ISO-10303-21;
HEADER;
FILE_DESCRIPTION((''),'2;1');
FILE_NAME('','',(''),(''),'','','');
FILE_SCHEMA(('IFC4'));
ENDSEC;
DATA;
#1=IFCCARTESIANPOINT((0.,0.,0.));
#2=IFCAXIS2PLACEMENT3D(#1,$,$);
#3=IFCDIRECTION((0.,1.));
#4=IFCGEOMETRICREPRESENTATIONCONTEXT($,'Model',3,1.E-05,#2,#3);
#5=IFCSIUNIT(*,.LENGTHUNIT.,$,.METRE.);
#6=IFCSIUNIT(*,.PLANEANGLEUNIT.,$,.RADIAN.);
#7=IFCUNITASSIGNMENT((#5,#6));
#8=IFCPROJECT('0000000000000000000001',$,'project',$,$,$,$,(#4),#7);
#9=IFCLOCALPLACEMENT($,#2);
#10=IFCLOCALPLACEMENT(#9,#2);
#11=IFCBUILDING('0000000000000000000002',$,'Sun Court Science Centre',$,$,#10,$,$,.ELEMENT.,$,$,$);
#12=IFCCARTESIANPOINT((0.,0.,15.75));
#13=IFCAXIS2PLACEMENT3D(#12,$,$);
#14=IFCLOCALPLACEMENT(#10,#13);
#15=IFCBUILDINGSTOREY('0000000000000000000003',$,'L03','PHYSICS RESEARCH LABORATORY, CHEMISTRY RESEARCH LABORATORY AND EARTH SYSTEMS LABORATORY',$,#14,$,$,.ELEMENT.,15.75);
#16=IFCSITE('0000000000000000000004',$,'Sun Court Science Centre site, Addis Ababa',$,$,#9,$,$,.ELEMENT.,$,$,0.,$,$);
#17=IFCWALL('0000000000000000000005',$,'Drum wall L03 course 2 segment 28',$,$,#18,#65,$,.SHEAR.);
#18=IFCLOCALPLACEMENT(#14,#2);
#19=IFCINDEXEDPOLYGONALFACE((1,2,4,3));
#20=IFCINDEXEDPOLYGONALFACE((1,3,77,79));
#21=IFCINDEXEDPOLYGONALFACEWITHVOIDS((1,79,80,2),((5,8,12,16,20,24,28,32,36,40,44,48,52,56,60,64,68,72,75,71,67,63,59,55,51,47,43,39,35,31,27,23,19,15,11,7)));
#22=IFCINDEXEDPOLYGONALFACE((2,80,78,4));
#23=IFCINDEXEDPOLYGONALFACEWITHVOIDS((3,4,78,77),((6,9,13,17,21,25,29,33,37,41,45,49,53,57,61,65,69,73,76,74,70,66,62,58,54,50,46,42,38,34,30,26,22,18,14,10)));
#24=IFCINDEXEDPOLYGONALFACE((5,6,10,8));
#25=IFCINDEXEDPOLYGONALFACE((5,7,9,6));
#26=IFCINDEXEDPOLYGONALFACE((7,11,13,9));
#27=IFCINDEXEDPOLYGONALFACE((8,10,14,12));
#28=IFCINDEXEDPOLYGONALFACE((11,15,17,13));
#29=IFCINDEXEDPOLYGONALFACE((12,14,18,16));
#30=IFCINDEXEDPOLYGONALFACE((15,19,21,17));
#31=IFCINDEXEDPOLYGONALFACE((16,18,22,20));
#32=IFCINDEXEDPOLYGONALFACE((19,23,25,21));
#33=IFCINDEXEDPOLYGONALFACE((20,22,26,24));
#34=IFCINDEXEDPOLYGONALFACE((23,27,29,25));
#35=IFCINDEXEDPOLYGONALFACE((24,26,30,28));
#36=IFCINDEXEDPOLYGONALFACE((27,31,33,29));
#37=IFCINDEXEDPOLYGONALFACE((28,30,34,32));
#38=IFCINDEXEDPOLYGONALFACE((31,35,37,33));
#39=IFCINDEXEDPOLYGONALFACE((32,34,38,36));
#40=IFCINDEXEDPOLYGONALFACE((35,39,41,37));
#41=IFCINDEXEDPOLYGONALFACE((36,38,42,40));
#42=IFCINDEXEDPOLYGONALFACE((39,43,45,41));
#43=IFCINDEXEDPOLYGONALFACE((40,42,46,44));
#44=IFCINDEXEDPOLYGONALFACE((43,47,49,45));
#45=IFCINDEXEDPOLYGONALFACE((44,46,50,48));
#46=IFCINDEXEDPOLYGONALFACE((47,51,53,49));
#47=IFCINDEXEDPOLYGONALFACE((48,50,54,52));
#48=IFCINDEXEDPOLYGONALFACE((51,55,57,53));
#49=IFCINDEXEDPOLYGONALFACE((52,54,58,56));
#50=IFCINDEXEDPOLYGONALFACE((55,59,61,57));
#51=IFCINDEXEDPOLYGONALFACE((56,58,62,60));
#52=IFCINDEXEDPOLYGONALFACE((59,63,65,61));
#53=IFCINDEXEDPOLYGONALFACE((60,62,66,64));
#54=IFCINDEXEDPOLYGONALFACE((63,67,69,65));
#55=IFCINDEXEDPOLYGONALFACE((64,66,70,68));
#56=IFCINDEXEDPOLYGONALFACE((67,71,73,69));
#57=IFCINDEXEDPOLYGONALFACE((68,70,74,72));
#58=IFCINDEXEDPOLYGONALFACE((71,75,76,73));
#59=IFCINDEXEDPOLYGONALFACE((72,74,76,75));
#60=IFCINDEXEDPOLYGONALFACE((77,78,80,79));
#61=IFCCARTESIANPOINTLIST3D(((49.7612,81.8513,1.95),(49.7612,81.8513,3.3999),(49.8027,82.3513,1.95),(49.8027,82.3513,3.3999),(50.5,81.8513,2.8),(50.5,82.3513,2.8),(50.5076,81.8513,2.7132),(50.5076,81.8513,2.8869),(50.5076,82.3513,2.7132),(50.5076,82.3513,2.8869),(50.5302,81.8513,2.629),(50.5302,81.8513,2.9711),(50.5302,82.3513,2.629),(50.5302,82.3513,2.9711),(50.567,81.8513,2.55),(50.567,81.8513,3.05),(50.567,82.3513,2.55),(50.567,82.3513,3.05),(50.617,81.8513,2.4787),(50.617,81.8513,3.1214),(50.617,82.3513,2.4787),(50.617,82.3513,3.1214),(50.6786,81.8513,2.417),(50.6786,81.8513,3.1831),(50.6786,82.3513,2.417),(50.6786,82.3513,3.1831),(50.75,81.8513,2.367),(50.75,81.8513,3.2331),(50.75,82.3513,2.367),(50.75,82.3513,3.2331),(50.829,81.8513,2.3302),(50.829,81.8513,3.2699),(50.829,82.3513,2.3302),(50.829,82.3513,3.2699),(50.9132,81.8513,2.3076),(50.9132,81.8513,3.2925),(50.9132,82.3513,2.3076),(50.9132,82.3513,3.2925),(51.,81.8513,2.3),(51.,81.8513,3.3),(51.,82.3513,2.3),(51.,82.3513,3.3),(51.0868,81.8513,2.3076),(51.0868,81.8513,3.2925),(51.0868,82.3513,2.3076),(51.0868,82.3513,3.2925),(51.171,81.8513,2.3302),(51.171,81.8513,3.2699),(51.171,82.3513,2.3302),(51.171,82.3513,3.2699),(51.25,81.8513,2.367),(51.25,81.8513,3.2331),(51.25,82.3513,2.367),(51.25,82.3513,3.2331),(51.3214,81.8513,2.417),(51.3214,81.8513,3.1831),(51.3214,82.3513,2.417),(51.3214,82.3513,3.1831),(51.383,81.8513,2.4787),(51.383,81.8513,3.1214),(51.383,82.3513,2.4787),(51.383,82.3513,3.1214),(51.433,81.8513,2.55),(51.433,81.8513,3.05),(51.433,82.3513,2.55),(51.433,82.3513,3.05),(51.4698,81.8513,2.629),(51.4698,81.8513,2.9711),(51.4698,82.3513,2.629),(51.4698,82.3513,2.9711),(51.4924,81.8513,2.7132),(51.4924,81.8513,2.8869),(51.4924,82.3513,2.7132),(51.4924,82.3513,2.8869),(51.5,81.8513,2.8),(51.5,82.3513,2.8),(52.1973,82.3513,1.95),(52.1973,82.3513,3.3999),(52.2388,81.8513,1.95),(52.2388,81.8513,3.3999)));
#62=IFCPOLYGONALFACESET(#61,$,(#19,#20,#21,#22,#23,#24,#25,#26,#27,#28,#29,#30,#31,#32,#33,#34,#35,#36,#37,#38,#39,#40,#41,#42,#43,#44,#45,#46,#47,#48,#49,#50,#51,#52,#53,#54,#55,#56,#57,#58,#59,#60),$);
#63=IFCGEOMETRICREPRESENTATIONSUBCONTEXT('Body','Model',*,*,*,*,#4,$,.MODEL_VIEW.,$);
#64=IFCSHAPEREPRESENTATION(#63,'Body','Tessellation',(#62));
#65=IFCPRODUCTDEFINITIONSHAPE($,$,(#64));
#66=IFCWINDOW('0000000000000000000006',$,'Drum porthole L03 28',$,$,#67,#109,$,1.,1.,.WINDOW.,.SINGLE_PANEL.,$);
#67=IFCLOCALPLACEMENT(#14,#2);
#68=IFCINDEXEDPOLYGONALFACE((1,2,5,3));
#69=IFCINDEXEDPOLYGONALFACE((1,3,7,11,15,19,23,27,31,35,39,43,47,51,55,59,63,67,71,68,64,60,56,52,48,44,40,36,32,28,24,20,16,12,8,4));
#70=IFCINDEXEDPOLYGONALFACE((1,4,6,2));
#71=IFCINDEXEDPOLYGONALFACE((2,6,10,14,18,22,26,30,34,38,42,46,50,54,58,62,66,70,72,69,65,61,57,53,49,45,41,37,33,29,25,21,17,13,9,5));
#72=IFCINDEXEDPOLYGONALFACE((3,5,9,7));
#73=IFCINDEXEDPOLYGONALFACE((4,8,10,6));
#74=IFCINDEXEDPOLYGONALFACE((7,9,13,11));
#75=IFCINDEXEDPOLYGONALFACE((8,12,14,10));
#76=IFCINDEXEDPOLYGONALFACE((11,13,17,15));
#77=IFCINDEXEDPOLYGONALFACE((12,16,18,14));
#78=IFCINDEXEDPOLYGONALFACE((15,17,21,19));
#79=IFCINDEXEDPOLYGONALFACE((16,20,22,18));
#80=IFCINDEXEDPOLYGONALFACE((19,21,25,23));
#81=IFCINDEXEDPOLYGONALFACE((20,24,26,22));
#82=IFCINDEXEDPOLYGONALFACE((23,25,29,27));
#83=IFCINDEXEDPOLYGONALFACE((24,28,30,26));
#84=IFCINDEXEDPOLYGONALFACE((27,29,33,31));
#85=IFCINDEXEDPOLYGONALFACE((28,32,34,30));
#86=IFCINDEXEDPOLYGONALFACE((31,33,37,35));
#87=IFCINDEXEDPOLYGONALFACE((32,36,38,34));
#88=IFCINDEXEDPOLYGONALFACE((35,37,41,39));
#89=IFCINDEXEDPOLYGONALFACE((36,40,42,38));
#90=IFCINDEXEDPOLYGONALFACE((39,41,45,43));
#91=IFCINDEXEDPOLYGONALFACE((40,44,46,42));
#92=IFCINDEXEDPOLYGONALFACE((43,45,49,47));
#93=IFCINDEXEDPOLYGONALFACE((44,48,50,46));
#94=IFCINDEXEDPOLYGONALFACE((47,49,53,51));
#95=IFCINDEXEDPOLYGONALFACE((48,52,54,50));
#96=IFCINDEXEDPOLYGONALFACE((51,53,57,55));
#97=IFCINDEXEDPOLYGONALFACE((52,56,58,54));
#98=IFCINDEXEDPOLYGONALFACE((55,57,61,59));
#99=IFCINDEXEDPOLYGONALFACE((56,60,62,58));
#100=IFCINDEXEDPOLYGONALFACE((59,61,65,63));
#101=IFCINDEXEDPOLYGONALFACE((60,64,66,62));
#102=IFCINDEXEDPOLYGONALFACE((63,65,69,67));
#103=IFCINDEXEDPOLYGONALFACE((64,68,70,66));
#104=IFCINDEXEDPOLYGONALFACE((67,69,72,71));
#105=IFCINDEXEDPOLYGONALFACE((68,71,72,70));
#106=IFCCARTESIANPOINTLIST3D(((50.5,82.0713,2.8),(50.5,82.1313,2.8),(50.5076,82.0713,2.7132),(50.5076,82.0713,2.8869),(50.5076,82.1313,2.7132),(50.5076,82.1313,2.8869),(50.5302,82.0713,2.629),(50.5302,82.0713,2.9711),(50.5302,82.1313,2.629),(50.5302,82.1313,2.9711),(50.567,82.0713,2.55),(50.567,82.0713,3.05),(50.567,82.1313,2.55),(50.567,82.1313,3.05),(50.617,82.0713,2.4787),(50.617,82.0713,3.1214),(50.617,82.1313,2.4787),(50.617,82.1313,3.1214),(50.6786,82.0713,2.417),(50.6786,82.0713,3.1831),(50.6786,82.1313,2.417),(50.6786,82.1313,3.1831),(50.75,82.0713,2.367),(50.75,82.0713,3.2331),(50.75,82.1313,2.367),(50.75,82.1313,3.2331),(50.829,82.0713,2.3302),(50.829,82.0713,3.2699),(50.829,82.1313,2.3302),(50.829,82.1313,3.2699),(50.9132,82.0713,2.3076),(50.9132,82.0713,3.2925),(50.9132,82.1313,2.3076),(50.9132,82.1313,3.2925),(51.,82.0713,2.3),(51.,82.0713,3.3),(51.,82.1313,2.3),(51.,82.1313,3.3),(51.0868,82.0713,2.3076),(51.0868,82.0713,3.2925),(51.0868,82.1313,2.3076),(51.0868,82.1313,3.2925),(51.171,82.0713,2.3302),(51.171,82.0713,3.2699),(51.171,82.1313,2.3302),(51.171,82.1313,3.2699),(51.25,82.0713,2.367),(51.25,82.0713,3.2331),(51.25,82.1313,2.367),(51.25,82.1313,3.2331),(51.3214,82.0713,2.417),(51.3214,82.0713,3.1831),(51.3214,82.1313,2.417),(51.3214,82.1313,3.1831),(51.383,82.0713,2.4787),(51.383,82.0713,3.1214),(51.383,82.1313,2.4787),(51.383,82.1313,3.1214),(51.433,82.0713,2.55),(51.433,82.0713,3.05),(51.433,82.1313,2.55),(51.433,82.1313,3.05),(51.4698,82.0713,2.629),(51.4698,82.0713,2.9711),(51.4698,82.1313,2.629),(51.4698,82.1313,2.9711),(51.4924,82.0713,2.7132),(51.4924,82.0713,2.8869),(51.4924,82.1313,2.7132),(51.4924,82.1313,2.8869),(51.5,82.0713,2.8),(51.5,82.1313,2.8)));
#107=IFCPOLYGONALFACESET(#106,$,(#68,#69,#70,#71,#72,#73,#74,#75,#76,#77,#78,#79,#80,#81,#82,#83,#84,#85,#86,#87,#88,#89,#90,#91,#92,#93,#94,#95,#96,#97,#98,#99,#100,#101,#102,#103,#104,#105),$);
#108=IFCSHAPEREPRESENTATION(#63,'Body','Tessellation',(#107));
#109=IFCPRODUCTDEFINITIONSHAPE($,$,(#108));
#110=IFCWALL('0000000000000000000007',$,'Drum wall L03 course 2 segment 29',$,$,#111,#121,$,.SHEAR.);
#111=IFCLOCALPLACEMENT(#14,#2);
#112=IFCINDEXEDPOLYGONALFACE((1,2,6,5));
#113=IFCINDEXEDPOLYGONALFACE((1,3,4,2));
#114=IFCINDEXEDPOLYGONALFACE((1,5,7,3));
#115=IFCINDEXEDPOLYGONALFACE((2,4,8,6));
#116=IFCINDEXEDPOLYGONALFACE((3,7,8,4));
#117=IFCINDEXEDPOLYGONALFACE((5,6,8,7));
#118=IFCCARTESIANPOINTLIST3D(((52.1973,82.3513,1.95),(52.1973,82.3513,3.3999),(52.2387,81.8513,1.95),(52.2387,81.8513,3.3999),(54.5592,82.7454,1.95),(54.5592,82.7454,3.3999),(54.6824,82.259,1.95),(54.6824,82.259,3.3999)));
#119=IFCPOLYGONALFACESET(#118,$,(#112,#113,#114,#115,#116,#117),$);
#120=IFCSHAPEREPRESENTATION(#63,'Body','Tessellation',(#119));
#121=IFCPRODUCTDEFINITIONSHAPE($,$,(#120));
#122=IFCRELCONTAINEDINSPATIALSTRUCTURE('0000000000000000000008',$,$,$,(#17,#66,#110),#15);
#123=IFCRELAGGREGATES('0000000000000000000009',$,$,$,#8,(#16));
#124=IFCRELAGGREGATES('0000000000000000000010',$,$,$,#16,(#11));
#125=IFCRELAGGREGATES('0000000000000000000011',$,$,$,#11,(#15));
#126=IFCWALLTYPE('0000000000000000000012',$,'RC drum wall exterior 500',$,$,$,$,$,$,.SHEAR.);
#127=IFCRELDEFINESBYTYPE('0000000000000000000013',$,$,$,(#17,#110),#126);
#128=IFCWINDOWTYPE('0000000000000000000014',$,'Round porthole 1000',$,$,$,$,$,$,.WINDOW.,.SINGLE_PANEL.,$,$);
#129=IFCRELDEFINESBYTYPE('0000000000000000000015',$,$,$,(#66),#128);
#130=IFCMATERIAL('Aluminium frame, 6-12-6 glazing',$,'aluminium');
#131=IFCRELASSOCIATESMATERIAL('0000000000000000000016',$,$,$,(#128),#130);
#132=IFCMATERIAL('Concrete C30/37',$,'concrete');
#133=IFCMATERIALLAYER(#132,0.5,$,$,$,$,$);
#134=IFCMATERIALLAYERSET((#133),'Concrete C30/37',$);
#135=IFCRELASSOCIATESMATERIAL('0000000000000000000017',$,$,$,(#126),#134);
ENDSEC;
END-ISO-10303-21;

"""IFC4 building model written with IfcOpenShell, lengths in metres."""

from ifc_helpers import new_model, si_unit, direction, frame, frame_2d, origin, place, context, subcontext, project, spatial, polyline, circle, outline, extrude, material, layer, layer_set, type_object, element, fill, save


model = new_model("IFC4")

# Units and contexts
model_context = context("Model", 3, precision=1e-05, world=origin(), true_north=direction((0.0, 1.0)))
body_context = subcontext(model_context, "Body", "Model", "MODEL_VIEW")
ifc_project = project(units=[si_unit("LENGTHUNIT", "METRE"), si_unit("PLANEANGLEUNIT", "RADIAN")], contexts=[model_context])

# Site, building, storey
site_placement = place(None, origin())
site = spatial("IfcSite", under=ifc_project, at=site_placement, Name="Sun Court Science Centre site, Addis Ababa", CompositionType="ELEMENT", RefElevation=0.0)
building_placement = place(site_placement, origin())
building = spatial("IfcBuilding", under=site, at=building_placement, Name="Sun Court Science Centre", CompositionType="ELEMENT")
storey_placement = place(building_placement, frame((0.0, 0.0, 15.75)))
storey = spatial("IfcBuildingStorey", under=building, at=storey_placement, Name="L03", Description="PHYSICS RESEARCH LABORATORY, CHEMISTRY RESEARCH LABORATORY AND EARTH SYSTEMS LABORATORY", CompositionType="ELEMENT", Elevation=15.75)

# Shared definitions
ifc_material_1 = material(Name="Aluminium frame, 6-12-6 glazing", Category="aluminium")
window_type = type_object("IfcWindowType", Name="Round porthole 1000", PartitioningType="SINGLE_PANEL", PredefinedType="WINDOW", material=ifc_material_1)

# Wall, opening, window
ifc_material_2 = material(Name="Concrete C30/37", Category="concrete")
ifc_layer_1 = layer(ifc_material_2, 0.5)
ifc_layer_set_1 = layer_set([ifc_layer_1], Name="Concrete C30/37")
wall_type_1 = type_object("IfcWallType", Name="RC drum wall exterior 500", PredefinedType="SHEAR", material=ifc_layer_set_1)
wall_1_placement = place(storey_placement, frame((49.7612, 82.1013, 1.95), z_axis=(0.0, 0.0, 1.0), x_axis=(1.0, 0.0, 0.0)))
wall_1 = element("IfcWall", 1, at=wall_1_placement, inside=storey, type_object=wall_type_1, Name="Drum wall L03 course 2 segment 28", PredefinedType="SHEAR", context=body_context, shape_type="SweptSolid", body=[
    extrude(outline(polyline([(0.0, -0.25), (2.4775, -0.25), (2.436, 0.25), (0.0415, 0.25), (0.0, -0.25)])), origin(), (0.0, 0.0, 1.0), 1.45),
])
opening_1_placement = place(wall_1_placement, frame((0.7388, 0.0, 0.3501)))
opening_1 = element("IfcOpeningElement", 2, at=opening_1_placement, cuts=wall_1, PredefinedType="OPENING", context=body_context, shape_type="SweptSolid", body=[
    extrude(circle(Radius=0.5, at=frame_2d((0.5, 0.5))), frame((0.0, 0.26, 0.0), z_axis=(0.0, -1.0, 0.0), x_axis=(1.0, 0.0, 0.0)), (0.0, 0.0, 1.0), 0.52),
])
window_1_placement = place(opening_1_placement, origin())
window_1 = element("IfcWindow", 3, at=window_1_placement, inside=storey, type_object=window_type, Name="Drum porthole L03 28", OverallHeight=1.0, OverallWidth=1.0, PartitioningType="SINGLE_PANEL", PredefinedType="WINDOW", context=body_context, shape_type="SweptSolid", body=[
    extrude(circle(Radius=0.5, at=frame_2d((0.5, 0.5))), frame((0.0, 0.03, 0.0), z_axis=(0.0, -1.0, 0.0), x_axis=(1.0, 0.0, 0.0)), (0.0, 0.0, 1.0), 0.0601),
])
fill(opening_1, window_1)

# Wall
wall_2_placement = place(storey_placement, frame((52.1975, 82.0979, 1.95), z_axis=(0.0, 0.0, 1.0), x_axis=(0.986365, 0.164575, 0.0)))
element("IfcWall", 4, at=wall_2_placement, inside=storey, type_object=wall_type_1, Name="Drum wall L03 course 2 segment 29", PredefinedType="SHEAR", context=body_context, shape_type="SweptSolid", body=[
    extrude(outline(polyline([(0.0, -0.25), (2.4775, -0.25), (2.436, 0.25), (0.0415, 0.25), (0.0, -0.25)])), origin(), (0.0, 0.0, 1.0), 1.45),
])

save(model, "model.ifc")
